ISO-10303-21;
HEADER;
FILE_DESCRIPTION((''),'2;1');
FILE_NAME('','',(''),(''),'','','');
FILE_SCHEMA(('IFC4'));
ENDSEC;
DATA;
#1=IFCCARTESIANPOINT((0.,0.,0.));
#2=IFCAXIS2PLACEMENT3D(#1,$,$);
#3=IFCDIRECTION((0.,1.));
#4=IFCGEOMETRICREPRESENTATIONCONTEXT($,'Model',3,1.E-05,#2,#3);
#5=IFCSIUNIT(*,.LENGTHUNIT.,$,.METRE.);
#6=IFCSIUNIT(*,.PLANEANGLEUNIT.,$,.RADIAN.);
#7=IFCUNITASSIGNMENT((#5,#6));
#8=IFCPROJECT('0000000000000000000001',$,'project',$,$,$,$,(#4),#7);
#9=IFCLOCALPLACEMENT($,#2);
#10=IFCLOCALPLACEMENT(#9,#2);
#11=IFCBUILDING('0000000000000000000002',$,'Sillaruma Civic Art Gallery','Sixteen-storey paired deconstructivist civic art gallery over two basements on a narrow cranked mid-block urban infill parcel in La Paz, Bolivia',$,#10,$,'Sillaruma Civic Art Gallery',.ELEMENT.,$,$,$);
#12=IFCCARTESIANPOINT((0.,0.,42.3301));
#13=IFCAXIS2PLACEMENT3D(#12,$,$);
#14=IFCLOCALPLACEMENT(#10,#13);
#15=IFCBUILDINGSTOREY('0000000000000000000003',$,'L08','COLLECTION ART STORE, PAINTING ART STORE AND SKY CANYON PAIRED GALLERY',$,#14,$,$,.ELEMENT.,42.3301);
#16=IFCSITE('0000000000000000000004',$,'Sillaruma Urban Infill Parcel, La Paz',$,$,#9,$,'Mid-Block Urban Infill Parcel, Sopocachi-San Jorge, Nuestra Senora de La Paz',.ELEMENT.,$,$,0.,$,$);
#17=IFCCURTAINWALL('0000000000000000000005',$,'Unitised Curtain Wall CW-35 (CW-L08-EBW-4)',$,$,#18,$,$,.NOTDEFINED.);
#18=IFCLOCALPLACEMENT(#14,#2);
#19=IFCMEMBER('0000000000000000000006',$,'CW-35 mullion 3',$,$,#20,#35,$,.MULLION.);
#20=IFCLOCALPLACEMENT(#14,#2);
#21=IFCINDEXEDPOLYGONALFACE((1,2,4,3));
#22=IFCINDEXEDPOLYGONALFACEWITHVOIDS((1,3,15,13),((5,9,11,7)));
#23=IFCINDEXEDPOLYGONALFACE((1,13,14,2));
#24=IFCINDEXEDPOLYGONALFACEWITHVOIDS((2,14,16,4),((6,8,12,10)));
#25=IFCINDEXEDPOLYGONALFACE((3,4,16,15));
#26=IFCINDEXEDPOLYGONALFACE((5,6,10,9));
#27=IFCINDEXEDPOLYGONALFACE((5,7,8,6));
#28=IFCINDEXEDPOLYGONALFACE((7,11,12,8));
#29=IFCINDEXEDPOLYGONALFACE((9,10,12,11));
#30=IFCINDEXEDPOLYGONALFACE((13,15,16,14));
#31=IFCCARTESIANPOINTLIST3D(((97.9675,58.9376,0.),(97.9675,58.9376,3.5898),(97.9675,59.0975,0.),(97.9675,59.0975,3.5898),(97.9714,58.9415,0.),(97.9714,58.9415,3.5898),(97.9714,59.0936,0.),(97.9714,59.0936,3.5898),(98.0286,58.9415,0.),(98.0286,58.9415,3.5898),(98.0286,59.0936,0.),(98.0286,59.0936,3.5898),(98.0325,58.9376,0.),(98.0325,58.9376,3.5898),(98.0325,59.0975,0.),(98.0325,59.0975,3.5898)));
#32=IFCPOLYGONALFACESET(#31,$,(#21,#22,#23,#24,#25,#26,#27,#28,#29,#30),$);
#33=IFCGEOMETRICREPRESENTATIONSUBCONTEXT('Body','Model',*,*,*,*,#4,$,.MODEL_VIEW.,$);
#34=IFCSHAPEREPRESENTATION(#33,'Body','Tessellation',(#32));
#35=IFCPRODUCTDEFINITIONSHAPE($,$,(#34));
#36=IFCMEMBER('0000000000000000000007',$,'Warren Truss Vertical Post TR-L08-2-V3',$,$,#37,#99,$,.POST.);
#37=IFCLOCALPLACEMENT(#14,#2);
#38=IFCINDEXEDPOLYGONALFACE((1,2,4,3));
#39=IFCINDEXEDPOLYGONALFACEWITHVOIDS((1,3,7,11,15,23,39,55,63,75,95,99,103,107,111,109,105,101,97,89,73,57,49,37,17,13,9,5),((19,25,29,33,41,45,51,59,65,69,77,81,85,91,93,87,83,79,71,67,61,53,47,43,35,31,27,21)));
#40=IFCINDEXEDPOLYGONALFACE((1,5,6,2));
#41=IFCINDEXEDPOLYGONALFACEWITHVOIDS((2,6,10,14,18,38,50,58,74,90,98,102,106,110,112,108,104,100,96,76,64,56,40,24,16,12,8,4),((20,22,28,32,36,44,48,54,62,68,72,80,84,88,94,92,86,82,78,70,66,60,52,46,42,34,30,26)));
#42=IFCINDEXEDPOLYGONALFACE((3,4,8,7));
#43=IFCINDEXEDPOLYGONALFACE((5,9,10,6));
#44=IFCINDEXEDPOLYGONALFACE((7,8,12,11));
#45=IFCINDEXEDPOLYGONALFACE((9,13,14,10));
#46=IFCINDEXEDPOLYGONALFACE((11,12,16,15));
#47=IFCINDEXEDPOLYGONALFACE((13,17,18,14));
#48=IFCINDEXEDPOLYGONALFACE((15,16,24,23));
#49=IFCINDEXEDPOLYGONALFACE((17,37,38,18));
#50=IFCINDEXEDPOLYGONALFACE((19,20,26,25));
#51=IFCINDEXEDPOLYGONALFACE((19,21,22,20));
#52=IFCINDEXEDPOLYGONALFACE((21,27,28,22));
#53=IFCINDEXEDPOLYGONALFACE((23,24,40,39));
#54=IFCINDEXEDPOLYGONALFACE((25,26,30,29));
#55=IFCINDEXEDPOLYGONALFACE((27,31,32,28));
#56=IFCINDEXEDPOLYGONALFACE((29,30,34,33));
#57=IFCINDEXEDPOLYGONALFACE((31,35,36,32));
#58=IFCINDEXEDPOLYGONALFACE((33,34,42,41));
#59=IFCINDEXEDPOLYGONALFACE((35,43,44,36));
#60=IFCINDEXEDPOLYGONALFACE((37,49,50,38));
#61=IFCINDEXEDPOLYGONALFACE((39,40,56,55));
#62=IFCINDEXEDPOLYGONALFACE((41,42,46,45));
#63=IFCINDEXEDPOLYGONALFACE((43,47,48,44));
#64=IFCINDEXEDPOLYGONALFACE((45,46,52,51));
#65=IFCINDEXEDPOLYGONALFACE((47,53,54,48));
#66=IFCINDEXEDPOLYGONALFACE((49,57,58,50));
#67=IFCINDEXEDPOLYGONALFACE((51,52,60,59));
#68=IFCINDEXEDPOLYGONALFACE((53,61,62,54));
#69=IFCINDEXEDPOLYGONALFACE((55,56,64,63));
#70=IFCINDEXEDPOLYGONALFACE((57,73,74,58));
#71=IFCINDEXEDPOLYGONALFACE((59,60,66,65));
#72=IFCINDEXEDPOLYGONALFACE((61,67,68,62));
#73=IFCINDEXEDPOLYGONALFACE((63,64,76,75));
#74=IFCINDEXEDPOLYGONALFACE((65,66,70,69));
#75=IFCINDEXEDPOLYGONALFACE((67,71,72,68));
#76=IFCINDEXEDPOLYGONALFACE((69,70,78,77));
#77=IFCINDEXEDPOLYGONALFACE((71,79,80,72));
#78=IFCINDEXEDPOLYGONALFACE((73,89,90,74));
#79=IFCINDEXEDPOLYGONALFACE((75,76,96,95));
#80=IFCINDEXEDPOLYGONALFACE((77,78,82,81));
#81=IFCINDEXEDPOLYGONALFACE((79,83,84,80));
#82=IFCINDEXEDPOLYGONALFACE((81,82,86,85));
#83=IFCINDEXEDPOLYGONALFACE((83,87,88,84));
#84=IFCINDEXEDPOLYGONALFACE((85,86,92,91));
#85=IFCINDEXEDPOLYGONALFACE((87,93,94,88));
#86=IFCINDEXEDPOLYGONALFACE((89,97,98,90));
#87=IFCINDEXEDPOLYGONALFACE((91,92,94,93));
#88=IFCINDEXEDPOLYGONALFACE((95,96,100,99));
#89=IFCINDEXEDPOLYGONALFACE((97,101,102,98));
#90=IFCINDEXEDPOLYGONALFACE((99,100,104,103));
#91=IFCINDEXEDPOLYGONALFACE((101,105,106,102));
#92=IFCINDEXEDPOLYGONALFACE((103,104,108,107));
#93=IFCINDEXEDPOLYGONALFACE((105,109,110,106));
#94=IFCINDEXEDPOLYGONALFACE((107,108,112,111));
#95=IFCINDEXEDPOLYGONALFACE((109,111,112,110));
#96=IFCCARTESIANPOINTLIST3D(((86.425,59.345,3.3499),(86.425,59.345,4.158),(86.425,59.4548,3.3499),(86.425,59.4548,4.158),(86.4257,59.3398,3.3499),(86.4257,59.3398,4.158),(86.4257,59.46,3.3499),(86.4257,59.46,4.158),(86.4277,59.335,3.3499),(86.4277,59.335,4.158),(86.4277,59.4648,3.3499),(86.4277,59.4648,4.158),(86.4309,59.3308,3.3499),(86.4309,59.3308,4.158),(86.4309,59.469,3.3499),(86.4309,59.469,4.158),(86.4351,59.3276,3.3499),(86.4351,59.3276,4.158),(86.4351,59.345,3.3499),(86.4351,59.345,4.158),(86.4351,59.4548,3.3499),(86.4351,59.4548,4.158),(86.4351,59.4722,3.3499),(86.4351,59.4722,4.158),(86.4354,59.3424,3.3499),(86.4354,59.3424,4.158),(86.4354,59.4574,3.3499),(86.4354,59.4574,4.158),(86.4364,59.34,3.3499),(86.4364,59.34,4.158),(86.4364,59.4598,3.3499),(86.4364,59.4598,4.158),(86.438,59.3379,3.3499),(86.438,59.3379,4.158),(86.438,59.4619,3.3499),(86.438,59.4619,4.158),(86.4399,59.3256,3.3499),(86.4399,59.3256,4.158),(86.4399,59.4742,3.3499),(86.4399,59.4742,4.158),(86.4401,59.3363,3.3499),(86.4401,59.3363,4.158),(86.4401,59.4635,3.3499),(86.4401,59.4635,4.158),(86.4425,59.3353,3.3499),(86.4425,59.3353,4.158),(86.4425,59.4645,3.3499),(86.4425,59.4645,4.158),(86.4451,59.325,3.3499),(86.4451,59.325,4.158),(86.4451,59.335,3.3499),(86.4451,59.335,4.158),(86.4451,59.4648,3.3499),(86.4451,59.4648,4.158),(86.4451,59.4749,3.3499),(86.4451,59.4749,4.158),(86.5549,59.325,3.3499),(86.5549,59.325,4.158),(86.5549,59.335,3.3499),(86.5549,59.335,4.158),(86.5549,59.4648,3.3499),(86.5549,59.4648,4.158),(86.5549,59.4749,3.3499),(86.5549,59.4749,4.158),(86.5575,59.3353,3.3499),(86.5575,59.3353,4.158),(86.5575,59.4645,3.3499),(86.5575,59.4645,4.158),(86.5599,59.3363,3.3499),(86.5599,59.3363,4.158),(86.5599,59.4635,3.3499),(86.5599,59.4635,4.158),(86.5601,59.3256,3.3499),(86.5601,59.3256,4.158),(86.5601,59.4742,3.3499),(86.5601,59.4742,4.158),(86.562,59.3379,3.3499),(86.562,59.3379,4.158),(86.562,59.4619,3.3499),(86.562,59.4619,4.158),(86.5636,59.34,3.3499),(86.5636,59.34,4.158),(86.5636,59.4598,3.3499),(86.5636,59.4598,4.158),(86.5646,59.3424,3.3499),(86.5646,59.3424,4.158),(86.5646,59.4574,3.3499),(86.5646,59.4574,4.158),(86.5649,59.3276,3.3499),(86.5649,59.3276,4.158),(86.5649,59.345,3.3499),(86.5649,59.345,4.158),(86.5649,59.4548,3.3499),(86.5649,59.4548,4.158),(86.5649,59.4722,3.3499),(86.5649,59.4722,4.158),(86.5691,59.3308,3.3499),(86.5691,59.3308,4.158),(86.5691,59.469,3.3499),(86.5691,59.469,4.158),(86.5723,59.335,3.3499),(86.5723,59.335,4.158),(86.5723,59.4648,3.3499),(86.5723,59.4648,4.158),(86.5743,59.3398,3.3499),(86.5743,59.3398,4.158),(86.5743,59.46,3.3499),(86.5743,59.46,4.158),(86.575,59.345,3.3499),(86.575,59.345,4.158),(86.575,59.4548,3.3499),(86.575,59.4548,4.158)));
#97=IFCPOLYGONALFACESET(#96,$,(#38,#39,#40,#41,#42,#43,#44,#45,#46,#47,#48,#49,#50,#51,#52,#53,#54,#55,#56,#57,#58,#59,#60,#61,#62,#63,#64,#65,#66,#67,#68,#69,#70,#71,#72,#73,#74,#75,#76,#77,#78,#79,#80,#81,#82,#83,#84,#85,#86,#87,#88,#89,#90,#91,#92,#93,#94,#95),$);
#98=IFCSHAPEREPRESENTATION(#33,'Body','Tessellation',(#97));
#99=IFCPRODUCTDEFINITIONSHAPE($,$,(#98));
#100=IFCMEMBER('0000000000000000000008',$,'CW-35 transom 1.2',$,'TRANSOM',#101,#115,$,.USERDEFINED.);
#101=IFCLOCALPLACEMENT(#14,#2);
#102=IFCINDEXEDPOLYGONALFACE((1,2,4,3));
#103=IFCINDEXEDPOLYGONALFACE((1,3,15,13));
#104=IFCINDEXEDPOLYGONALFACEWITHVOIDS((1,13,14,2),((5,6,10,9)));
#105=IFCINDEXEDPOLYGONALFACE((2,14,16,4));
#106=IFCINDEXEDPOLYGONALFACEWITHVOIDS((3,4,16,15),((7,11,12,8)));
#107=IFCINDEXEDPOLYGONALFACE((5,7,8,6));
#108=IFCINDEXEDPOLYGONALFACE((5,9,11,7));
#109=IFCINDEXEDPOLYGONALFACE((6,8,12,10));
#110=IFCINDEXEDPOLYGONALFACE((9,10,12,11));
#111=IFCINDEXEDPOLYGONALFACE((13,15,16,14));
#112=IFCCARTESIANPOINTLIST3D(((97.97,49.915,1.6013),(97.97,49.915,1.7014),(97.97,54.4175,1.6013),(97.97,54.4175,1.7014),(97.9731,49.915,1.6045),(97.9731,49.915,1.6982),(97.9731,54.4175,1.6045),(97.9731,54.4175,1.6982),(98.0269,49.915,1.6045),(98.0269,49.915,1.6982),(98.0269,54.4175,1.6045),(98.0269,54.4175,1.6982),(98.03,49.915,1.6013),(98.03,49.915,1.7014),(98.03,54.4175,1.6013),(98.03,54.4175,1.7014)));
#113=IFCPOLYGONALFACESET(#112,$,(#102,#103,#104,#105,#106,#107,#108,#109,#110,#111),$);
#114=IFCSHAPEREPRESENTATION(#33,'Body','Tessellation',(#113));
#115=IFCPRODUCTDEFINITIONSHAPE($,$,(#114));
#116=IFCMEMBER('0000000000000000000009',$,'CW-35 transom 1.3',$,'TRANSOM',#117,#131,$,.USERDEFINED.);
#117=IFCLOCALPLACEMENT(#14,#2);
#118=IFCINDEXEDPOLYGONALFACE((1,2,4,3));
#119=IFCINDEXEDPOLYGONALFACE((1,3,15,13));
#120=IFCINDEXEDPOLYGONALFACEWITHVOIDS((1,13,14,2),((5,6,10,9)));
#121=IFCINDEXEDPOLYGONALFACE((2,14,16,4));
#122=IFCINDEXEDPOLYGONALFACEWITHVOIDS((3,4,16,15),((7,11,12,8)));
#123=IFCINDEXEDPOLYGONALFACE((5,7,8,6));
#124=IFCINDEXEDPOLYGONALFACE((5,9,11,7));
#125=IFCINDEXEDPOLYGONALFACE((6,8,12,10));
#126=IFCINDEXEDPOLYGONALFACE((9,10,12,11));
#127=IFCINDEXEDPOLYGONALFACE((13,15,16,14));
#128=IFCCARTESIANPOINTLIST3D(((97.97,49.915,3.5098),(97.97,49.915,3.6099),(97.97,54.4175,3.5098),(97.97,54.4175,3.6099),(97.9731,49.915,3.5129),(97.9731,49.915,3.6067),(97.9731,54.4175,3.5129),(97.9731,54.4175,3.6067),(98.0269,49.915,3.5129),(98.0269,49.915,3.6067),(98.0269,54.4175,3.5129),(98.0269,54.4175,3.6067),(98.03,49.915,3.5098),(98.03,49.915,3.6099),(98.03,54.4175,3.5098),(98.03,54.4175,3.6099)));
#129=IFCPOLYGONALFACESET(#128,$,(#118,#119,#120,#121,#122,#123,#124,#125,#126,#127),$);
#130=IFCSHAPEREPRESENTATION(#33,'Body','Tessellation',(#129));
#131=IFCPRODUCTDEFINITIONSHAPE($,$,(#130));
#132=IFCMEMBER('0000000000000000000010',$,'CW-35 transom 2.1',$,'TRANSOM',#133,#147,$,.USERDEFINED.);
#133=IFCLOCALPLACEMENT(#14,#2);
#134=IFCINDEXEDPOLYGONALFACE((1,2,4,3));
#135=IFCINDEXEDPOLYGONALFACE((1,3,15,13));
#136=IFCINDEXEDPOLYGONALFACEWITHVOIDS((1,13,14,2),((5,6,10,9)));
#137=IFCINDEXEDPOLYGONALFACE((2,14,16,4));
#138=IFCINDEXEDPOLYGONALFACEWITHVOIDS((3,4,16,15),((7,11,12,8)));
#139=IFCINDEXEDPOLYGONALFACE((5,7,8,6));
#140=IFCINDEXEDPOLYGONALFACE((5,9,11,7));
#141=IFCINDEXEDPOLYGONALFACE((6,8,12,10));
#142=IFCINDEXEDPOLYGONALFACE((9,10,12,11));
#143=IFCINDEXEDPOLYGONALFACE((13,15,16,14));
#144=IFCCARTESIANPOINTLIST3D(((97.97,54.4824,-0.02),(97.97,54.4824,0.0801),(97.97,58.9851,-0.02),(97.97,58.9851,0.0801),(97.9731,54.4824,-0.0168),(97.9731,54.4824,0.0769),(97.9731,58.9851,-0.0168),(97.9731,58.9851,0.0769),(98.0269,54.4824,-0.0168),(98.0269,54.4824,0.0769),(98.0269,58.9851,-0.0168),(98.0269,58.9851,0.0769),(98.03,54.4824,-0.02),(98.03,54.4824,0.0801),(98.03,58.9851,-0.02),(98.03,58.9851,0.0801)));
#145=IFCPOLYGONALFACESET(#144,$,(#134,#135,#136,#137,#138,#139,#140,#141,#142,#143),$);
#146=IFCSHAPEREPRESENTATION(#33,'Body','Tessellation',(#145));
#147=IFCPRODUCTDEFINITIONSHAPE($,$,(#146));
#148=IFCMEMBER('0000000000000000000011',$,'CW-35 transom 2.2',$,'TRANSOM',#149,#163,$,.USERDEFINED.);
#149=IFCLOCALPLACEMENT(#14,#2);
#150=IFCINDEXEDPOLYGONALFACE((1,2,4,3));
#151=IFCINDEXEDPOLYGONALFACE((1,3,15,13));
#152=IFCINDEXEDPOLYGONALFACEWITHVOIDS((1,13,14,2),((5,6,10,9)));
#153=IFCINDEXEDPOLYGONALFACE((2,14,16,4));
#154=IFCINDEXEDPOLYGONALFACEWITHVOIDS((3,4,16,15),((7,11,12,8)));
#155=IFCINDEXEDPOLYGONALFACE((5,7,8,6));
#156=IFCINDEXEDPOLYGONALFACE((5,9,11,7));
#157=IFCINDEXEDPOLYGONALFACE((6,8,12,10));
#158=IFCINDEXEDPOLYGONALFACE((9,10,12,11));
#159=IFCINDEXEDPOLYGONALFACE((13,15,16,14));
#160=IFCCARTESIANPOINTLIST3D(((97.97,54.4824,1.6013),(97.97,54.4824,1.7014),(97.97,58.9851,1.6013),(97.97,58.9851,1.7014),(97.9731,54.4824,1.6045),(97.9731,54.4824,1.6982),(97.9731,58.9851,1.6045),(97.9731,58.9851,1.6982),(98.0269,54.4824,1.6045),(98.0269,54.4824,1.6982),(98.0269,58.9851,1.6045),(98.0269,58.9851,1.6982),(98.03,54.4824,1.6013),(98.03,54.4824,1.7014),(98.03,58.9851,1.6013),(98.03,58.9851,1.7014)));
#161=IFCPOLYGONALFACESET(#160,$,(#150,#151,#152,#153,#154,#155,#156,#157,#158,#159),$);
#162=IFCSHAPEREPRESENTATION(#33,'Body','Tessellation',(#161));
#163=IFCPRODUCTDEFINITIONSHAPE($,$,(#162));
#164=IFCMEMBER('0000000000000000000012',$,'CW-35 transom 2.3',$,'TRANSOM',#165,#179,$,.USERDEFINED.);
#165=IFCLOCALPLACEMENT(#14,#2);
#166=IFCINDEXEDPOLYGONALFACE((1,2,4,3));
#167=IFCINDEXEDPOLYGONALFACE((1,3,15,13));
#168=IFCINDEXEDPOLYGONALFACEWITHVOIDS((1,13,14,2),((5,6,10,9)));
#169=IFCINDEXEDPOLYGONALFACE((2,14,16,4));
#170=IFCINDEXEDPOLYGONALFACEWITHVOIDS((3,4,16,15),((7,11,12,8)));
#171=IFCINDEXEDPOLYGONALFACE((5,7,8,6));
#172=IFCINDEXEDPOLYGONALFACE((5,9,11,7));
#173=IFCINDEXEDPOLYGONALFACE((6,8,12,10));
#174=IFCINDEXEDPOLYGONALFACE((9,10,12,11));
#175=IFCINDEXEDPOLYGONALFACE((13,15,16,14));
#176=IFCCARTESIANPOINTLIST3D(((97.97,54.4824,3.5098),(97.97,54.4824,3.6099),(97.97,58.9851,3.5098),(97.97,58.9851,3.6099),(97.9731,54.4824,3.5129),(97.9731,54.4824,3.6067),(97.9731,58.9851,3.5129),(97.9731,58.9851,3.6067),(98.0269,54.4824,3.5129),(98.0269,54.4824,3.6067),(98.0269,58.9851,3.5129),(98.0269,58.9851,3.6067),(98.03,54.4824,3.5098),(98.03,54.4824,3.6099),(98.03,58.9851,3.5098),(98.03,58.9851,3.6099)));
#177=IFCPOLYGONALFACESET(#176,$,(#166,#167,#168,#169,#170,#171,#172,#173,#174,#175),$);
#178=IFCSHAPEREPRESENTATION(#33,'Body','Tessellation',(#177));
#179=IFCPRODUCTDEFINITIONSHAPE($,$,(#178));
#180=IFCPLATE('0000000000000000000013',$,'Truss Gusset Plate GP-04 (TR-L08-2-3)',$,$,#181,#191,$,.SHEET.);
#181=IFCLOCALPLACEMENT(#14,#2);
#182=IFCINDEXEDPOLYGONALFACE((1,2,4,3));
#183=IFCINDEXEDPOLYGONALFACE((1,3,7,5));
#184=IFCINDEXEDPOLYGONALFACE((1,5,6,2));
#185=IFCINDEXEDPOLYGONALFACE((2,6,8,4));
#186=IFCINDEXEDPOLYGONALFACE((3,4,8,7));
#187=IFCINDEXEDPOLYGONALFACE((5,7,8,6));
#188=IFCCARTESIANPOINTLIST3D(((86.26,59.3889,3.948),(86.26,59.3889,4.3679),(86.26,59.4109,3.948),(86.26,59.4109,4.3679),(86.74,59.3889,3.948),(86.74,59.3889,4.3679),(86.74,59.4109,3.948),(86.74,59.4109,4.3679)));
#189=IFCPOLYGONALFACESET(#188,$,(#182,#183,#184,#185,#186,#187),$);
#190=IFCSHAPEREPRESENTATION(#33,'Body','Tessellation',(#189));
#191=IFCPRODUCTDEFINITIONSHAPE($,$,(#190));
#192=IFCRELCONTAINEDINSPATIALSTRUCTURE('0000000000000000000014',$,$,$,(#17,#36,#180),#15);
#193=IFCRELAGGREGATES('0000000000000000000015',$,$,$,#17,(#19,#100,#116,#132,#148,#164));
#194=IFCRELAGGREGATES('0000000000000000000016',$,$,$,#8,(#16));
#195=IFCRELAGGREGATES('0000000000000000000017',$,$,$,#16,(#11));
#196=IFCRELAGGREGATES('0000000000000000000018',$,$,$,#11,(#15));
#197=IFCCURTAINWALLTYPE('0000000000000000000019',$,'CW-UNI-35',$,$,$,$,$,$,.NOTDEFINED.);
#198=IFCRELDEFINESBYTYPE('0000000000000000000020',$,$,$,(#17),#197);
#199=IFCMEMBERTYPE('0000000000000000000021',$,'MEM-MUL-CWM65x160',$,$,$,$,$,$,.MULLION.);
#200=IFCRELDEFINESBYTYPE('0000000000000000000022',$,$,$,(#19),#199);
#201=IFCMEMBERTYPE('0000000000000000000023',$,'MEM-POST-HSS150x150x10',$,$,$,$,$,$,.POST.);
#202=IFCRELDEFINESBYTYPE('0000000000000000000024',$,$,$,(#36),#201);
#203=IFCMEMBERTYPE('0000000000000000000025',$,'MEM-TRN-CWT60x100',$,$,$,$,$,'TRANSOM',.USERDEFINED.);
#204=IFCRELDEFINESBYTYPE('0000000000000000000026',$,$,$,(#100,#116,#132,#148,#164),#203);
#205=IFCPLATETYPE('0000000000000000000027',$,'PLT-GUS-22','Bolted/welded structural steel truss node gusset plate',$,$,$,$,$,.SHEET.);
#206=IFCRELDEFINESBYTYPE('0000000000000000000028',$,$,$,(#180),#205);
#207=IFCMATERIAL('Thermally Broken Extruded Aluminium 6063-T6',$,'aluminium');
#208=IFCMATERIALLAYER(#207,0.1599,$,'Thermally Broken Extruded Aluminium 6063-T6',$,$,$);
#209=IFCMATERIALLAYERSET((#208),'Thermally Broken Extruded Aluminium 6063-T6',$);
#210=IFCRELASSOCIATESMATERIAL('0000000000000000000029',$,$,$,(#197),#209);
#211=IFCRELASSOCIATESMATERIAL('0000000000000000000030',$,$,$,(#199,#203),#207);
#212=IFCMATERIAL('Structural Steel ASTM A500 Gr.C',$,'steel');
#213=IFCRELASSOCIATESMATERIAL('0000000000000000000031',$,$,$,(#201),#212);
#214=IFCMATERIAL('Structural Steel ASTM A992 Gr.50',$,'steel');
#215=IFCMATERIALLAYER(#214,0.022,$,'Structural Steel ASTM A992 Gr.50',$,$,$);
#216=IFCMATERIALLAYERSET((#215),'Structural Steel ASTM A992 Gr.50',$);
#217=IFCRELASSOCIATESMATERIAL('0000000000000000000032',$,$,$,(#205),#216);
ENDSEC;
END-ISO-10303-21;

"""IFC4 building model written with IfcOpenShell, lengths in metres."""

from ifc_helpers import new_model, si_unit, direction, frame, origin, origin_2d, place, context, subcontext, project, spatial, rectangle, hollow_rectangle, extrude, material, layer, layer_set, material_profile, profile_set, type_object, element, aggregate, save


model = new_model("IFC4")

# Units and contexts
model_context = context("Model", 3, precision=1e-05, world=origin(), true_north=direction((0.0, 1.0)))
body_context = subcontext(model_context, "Body", "Model", "MODEL_VIEW")
ifc_project = project(units=[si_unit("LENGTHUNIT", "METRE"), si_unit("PLANEANGLEUNIT", "RADIAN")], contexts=[model_context])

# Site, building, storey
site_placement = place(None, origin())
site = spatial("IfcSite", under=ifc_project, at=site_placement, Name="Sillaruma Urban Infill Parcel, La Paz", LongName="Mid-Block Urban Infill Parcel, Sopocachi-San Jorge, Nuestra Senora de La Paz", CompositionType="ELEMENT", RefElevation=0.0)
building_placement = place(site_placement, origin())
building = spatial("IfcBuilding", under=site, at=building_placement, Name="Sillaruma Civic Art Gallery", Description="Sixteen-storey paired deconstructivist civic art gallery over two basements on a narrow cranked mid-block urban infill parcel in La Paz, Bolivia", LongName="Sillaruma Civic Art Gallery", CompositionType="ELEMENT")
storey_placement = place(building_placement, frame((0.0, 0.0, 42.3301)))
storey = spatial("IfcBuildingStorey", under=building, at=storey_placement, Name="L08", Description="COLLECTION ART STORE, PAINTING ART STORE AND SKY CANYON PAIRED GALLERY", CompositionType="ELEMENT", Elevation=42.3301)

# Shared definitions
ifc_material_1 = material(Name="Structural Steel ASTM A500 Gr.C", Category="steel")

# Curtain wall, member
ifc_material_2 = material(Name="Thermally Broken Extruded Aluminium 6063-T6", Category="aluminium")
ifc_layer_1 = layer(ifc_material_2, 0.1599, Name="Thermally Broken Extruded Aluminium 6063-T6")
ifc_layer_set_1 = layer_set([ifc_layer_1], Name="Thermally Broken Extruded Aluminium 6063-T6")
curtain_wall_type = type_object("IfcCurtainWallType", Name="CW-UNI-35", PredefinedType="NOTDEFINED", material=ifc_layer_set_1)
curtain_wall_placement = place(storey_placement, origin())
curtain_wall = element("IfcCurtainWall", 1, at=curtain_wall_placement, inside=storey, type_object=curtain_wall_type, Name="Unitised Curtain Wall CW-35 (CW-L08-EBW-4)", PredefinedType="NOTDEFINED")
ifc_material_profile_1 = material_profile(ifc_material_2, hollow_rectangle(XDim=0.0649, YDim=0.1599, WallThickness=0.0039, at=origin_2d()), Name="CWM65x160")
ifc_profile_set_1 = profile_set([ifc_material_profile_1], Name="Thermally Broken Extruded Aluminium 6063-T6")
member_type_1 = type_object("IfcMemberType", Name="MEM-MUL-CWM65x160", PredefinedType="MULLION", material=ifc_profile_set_1)
member_1_placement = place(storey_placement, frame((98.0, 59.0176, 0.0), z_axis=(0.0, 0.0, 1.0), x_axis=(-1.0, 0.0, 0.0)))
member_1 = element("IfcMember", 2, at=member_1_placement, type_object=member_type_1, Name="CW-35 mullion 3", PredefinedType="MULLION", context=body_context, shape_type="SweptSolid", body=[
    extrude(hollow_rectangle(XDim=0.0649, YDim=0.1599, WallThickness=0.0039, at=origin_2d()), origin(), (0.0, 0.0, 1.0), 3.5898),
])

# Members
ifc_material_profile_2 = material_profile(ifc_material_1, hollow_rectangle(XDim=0.1499, YDim=0.1499, WallThickness=0.01, InnerFilletRadius=0.01, OuterFilletRadius=0.02, at=origin_2d()), Name="HSS150x150x10")
ifc_profile_set_2 = profile_set([ifc_material_profile_2], Name="Structural Steel ASTM A500 Gr.C")
member_type_2 = type_object("IfcMemberType", Name="MEM-POST-HSS150x150x10", PredefinedType="POST", material=ifc_profile_set_2)
member_2_placement = place(storey_placement, frame((86.5, 59.3999, 3.3499), z_axis=(0.0, 0.0, 1.0), x_axis=(1.0, 0.0, 0.0)))
element("IfcMember", 3, at=member_2_placement, inside=storey, type_object=member_type_2, Name="Warren Truss Vertical Post TR-L08-2-V3", PredefinedType="POST", context=body_context, shape_type="SweptSolid", body=[
    extrude(hollow_rectangle(XDim=0.1499, YDim=0.1499, WallThickness=0.01, InnerFilletRadius=0.01, OuterFilletRadius=0.02, at=origin_2d()), origin(), (0.0, 0.0, 1.0), 0.8081),
])
ifc_material_profile_3 = material_profile(ifc_material_2, hollow_rectangle(XDim=0.0601, YDim=0.1001, WallThickness=0.0032, at=origin_2d()), Name="CWT60x100")
ifc_profile_set_3 = profile_set([ifc_material_profile_3], Name="Thermally Broken Extruded Aluminium 6063-T6")
member_type_3 = type_object("IfcMemberType", Name="MEM-TRN-CWT60x100", ElementType="TRANSOM", PredefinedType="USERDEFINED", material=ifc_profile_set_3)
member_3_placement = place(storey_placement, frame((98.0, 49.915, 1.6514), z_axis=(0.0, 1.0, 0.0), x_axis=(-1.0, 0.0, 0.0)))
member_3 = element("IfcMember", 4, at=member_3_placement, type_object=member_type_3, Name="CW-35 transom 1.2", ObjectType="TRANSOM", PredefinedType="USERDEFINED", context=body_context, shape_type="SweptSolid", body=[
    extrude(hollow_rectangle(XDim=0.0601, YDim=0.1001, WallThickness=0.0032, at=origin_2d()), origin(), (0.0, 0.0, 1.0), 4.5024),
])
member_4_placement = place(storey_placement, frame((98.0, 49.915, 3.5598), z_axis=(0.0, 1.0, 0.0), x_axis=(-1.0, 0.0, 0.0)))
member_4 = element("IfcMember", 5, at=member_4_placement, type_object=member_type_3, Name="CW-35 transom 1.3", ObjectType="TRANSOM", PredefinedType="USERDEFINED", context=body_context, shape_type="SweptSolid", body=[
    extrude(hollow_rectangle(XDim=0.0601, YDim=0.1001, WallThickness=0.0032, at=origin_2d()), origin(), (0.0, 0.0, 1.0), 4.5024),
])
member_5_placement = place(storey_placement, frame((98.0, 54.4824, 0.03), z_axis=(0.0, 1.0, 0.0), x_axis=(-1.0, 0.0, 0.0)))
member_5 = element("IfcMember", 6, at=member_5_placement, type_object=member_type_3, Name="CW-35 transom 2.1", ObjectType="TRANSOM", PredefinedType="USERDEFINED", context=body_context, shape_type="SweptSolid", body=[
    extrude(hollow_rectangle(XDim=0.0601, YDim=0.1001, WallThickness=0.0032, at=origin_2d()), origin(), (0.0, 0.0, 1.0), 4.5027),
])
member_6_placement = place(storey_placement, frame((98.0, 54.4824, 1.6514), z_axis=(0.0, 1.0, 0.0), x_axis=(-1.0, 0.0, 0.0)))
member_6 = element("IfcMember", 7, at=member_6_placement, type_object=member_type_3, Name="CW-35 transom 2.2", ObjectType="TRANSOM", PredefinedType="USERDEFINED", context=body_context, shape_type="SweptSolid", body=[
    extrude(hollow_rectangle(XDim=0.0601, YDim=0.1001, WallThickness=0.0032, at=origin_2d()), origin(), (0.0, 0.0, 1.0), 4.5027),
])
member_7_placement = place(storey_placement, frame((98.0, 54.4824, 3.5598), z_axis=(0.0, 1.0, 0.0), x_axis=(-1.0, 0.0, 0.0)))
member_7 = element("IfcMember", 8, at=member_7_placement, type_object=member_type_3, Name="CW-35 transom 2.3", ObjectType="TRANSOM", PredefinedType="USERDEFINED", context=body_context, shape_type="SweptSolid", body=[
    extrude(hollow_rectangle(XDim=0.0601, YDim=0.1001, WallThickness=0.0032, at=origin_2d()), origin(), (0.0, 0.0, 1.0), 4.5027),
])

# Plate
ifc_material_3 = material(Name="Structural Steel ASTM A992 Gr.50", Category="steel")
ifc_layer_2 = layer(ifc_material_3, 0.022, Name="Structural Steel ASTM A992 Gr.50")
ifc_layer_set_2 = layer_set([ifc_layer_2], Name="Structural Steel ASTM A992 Gr.50")
plate_type_1 = type_object("IfcPlateType", Name="PLT-GUS-22", Description="Bolted/welded structural steel truss node gusset plate", PredefinedType="SHEET", material=ifc_layer_set_2)
plate_1_placement = place(storey_placement, frame((86.5, 59.3999, 3.948), z_axis=(0.0, 0.0, 1.0), x_axis=(1.0, 0.0, 0.0)))
element("IfcPlate", 9, at=plate_1_placement, inside=storey, type_object=plate_type_1, Name="Truss Gusset Plate GP-04 (TR-L08-2-3)", PredefinedType="SHEET", context=body_context, shape_type="SweptSolid", body=[
    extrude(rectangle(XDim=0.48, YDim=0.022, at=origin_2d()), origin(), (0.0, 0.0, 1.0), 0.4199),
])
aggregate(curtain_wall, [member_1, member_3, member_4, member_5, member_6, member_7])

save(model, "model.ifc")
